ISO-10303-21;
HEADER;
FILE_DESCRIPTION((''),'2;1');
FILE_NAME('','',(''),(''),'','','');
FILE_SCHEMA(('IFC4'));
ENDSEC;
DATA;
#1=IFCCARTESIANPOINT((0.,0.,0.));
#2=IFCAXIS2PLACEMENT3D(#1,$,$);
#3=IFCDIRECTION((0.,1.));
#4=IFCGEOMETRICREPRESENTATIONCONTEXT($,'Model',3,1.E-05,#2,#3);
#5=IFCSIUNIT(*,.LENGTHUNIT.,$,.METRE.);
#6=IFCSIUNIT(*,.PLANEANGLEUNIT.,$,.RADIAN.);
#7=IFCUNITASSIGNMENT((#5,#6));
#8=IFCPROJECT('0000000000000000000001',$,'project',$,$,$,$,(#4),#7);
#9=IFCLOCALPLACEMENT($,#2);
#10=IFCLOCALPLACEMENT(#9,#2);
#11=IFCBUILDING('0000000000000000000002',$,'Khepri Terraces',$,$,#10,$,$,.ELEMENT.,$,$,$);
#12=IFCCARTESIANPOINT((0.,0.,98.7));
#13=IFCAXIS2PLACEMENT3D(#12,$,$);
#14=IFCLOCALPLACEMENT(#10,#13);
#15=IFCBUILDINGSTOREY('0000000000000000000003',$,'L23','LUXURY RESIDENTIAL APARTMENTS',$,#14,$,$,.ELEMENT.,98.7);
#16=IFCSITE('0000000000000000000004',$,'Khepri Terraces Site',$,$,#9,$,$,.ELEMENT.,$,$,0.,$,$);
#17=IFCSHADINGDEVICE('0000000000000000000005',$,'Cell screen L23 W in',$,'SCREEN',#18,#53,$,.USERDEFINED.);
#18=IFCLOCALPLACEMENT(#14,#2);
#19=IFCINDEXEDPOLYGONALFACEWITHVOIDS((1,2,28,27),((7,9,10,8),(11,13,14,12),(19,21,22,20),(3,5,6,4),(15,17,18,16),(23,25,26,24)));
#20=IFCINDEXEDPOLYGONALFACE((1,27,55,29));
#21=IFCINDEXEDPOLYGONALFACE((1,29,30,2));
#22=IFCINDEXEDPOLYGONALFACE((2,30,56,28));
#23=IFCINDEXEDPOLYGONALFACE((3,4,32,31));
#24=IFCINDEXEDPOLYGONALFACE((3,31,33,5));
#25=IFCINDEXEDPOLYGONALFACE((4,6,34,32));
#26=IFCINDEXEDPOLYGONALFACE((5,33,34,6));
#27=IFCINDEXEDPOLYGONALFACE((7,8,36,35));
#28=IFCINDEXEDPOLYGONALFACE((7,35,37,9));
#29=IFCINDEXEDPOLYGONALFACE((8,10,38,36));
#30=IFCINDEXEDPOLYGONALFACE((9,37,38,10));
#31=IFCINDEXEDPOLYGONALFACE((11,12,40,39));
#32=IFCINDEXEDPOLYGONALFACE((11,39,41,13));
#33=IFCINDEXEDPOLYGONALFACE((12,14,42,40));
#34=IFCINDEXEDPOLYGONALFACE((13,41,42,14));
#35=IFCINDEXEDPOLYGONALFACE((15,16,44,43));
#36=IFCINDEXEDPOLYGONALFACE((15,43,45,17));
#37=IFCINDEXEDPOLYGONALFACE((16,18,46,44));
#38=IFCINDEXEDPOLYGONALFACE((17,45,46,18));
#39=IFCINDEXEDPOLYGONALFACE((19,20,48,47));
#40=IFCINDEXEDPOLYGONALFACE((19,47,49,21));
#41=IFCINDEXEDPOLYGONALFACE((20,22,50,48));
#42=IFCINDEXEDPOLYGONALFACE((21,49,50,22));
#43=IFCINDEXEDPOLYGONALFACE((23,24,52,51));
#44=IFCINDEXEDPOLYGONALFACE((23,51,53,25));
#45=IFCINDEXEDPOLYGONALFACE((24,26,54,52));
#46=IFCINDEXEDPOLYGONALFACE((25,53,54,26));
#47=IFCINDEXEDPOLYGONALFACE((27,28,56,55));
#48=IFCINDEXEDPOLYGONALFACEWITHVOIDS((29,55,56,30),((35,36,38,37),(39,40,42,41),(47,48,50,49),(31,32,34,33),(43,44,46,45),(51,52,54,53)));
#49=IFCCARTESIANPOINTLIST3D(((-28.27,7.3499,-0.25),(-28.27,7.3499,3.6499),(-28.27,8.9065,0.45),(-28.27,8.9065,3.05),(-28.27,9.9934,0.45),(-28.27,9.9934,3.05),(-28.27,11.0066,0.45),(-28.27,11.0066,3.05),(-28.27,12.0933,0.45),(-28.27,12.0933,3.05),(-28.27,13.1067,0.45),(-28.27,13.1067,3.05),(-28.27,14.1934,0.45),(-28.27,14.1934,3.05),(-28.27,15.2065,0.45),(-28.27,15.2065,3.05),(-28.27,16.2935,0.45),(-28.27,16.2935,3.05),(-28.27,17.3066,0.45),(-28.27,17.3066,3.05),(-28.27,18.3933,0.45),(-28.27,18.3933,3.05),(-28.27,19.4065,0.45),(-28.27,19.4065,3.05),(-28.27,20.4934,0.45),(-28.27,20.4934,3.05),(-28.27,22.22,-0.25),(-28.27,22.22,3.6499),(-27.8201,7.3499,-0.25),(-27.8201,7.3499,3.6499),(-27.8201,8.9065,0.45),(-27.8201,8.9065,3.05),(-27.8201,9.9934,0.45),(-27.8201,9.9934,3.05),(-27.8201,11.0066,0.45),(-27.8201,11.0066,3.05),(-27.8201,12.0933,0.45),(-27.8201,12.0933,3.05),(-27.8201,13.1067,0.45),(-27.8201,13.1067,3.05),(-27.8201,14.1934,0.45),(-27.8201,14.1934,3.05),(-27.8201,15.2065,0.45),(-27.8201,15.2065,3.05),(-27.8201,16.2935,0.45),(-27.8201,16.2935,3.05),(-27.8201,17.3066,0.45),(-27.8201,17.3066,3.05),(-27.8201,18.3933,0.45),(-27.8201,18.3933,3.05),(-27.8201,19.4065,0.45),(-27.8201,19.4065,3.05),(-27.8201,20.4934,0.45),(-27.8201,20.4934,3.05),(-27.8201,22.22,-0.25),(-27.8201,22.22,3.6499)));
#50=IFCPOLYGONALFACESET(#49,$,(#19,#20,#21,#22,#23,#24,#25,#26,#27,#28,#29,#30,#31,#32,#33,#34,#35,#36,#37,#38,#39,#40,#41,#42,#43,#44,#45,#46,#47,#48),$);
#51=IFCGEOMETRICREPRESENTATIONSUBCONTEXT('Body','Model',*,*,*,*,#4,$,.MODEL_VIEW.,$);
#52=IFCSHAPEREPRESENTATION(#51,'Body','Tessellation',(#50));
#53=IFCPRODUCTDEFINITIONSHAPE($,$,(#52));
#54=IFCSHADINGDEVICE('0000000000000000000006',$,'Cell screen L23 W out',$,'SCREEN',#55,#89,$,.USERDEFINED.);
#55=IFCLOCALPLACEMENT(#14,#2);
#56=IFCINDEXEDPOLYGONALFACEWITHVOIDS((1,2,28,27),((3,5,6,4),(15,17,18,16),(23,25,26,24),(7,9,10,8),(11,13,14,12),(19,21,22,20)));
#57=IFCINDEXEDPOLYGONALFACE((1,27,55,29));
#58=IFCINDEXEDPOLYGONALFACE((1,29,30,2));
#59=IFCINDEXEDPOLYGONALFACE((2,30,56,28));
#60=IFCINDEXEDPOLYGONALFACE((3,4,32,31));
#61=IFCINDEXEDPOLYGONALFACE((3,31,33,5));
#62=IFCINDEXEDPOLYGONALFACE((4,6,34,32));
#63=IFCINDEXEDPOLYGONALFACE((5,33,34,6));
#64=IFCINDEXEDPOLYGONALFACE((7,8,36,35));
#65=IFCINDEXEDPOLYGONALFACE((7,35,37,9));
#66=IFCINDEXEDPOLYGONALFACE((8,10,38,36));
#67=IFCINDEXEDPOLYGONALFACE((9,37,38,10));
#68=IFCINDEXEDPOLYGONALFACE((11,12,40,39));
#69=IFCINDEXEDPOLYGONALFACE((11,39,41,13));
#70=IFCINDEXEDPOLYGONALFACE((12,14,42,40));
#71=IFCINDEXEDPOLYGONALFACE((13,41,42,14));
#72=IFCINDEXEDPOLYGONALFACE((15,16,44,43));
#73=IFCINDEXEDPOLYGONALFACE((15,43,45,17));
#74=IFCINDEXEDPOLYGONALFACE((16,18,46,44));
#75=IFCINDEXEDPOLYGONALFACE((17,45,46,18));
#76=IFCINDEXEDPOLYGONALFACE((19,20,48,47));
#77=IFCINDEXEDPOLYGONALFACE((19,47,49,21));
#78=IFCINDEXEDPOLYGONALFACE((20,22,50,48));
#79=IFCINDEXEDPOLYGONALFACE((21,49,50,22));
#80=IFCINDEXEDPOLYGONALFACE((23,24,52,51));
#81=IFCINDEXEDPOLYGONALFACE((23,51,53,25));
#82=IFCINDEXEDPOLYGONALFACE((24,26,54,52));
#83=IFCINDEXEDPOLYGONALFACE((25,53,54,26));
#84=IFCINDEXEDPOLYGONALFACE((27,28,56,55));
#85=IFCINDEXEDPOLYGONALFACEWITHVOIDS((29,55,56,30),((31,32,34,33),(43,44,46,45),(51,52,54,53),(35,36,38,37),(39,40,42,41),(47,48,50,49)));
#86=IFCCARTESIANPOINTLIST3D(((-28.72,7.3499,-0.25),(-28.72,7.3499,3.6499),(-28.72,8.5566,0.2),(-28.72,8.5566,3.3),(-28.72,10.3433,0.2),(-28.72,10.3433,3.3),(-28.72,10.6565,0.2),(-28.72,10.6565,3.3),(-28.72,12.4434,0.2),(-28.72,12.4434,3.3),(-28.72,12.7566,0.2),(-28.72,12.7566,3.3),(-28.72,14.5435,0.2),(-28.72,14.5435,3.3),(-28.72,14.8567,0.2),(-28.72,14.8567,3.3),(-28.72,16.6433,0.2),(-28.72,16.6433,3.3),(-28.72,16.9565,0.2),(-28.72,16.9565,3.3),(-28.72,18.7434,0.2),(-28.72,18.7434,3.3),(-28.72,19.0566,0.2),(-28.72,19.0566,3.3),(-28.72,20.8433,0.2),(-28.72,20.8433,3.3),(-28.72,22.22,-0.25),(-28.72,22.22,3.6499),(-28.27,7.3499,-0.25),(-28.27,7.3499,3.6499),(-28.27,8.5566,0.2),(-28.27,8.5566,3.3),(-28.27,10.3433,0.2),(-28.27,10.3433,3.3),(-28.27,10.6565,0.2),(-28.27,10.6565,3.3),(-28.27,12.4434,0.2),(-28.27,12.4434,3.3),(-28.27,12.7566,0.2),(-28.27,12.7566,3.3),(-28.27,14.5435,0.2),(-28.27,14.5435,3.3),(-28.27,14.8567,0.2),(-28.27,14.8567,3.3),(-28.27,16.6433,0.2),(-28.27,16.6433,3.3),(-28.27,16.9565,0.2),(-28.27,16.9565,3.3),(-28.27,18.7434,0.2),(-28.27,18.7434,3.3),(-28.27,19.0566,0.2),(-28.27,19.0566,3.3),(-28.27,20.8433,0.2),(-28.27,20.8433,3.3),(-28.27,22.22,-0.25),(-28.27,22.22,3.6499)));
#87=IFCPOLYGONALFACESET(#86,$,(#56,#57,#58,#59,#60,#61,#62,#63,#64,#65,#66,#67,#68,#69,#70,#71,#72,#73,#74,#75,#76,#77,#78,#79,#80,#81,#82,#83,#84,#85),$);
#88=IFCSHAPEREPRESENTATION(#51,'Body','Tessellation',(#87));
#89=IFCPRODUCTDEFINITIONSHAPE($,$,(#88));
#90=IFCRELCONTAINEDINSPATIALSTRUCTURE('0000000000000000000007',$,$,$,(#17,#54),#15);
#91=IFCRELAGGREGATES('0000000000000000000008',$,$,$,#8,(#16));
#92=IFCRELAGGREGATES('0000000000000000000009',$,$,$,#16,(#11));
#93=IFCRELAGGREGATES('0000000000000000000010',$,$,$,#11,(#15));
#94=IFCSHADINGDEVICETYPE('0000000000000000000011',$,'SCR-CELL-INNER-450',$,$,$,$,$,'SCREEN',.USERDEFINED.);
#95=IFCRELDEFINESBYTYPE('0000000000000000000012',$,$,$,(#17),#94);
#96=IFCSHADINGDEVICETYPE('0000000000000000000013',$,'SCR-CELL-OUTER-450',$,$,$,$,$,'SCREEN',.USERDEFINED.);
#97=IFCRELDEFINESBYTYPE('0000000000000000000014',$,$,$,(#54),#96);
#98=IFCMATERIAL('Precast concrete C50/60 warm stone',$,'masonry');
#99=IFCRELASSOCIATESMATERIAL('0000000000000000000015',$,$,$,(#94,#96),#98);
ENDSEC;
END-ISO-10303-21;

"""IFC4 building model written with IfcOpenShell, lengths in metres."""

from ifc_helpers import new_model, si_unit, direction, frame, origin, place, context, subcontext, project, spatial, polyline, outline, extrude, material, type_object, element, save


model = new_model("IFC4")

# Units and contexts
model_context = context("Model", 3, precision=1e-05, world=origin(), true_north=direction((0.0, 1.0)))
body_context = subcontext(model_context, "Body", "Model", "MODEL_VIEW")
ifc_project = project(units=[si_unit("LENGTHUNIT", "METRE"), si_unit("PLANEANGLEUNIT", "RADIAN")], contexts=[model_context])

# Site, building, storey
site_placement = place(None, origin())
site = spatial("IfcSite", under=ifc_project, at=site_placement, Name="Khepri Terraces Site", CompositionType="ELEMENT", RefElevation=0.0)
building_placement = place(site_placement, origin())
building = spatial("IfcBuilding", under=site, at=building_placement, Name="Khepri Terraces", CompositionType="ELEMENT")
storey_placement = place(building_placement, frame((0.0, 0.0, 98.7)))
storey = spatial("IfcBuildingStorey", under=building, at=storey_placement, Name="L23", Description="LUXURY RESIDENTIAL APARTMENTS", CompositionType="ELEMENT", Elevation=98.7)

# Shared definitions
ifc_material_1 = material(Name="Precast concrete C50/60 warm stone", Category="masonry")

# Shading devices
shading_device_type_1 = type_object("IfcShadingDeviceType", Name="SCR-CELL-INNER-450", ElementType="SCREEN", PredefinedType="USERDEFINED", material=ifc_material_1)
shading_device_1_placement = place(storey_placement, frame((-27.8201, 22.22, -0.25), z_axis=(-1.0, 0.0, 0.0), x_axis=(0.0, -1.0, 0.0)))
element("IfcShadingDevice", 1, at=shading_device_1_placement, inside=storey, type_object=shading_device_type_1, Name="Cell screen L23 W in", ObjectType="SCREEN", PredefinedType="USERDEFINED", context=body_context, shape_type="SweptSolid", body=[
    extrude(outline(polyline([(0.0, 0.0), (14.8701, 0.0), (14.8701, 3.8999), (0.0, 3.8999), (0.0, 0.0)]), holes=[polyline([(1.7266, 0.7), (2.8135, 0.7), (2.8135, 3.3), (1.7266, 3.3), (1.7266, 0.7)]), polyline([(3.8267, 0.7), (4.9133, 0.7), (4.9133, 3.3), (3.8267, 3.3), (3.8267, 0.7)]), polyline([(5.9265, 0.7), (7.0134, 0.7), (7.0134, 3.3), (5.9265, 3.3), (5.9265, 0.7)]), polyline([(8.0266, 0.7), (9.1133, 0.7), (9.1133, 3.3), (8.0266, 3.3), (8.0266, 0.7)]), polyline([(10.1267, 0.7), (11.2134, 0.7), (11.2134, 3.3), (10.1267, 3.3), (10.1267, 0.7)]), polyline([(12.2266, 0.7), (13.3135, 0.7), (13.3135, 3.3), (12.2266, 3.3), (12.2266, 0.7)])]), origin(), (0.0, 0.0, 1.0), 0.45),
])
shading_device_type_2 = type_object("IfcShadingDeviceType", Name="SCR-CELL-OUTER-450", ElementType="SCREEN", PredefinedType="USERDEFINED", material=ifc_material_1)
shading_device_2_placement = place(storey_placement, frame((-28.27, 22.22, -0.25), z_axis=(-1.0, 0.0, 0.0), x_axis=(0.0, -1.0, 0.0)))
element("IfcShadingDevice", 2, at=shading_device_2_placement, inside=storey, type_object=shading_device_type_2, Name="Cell screen L23 W out", ObjectType="SCREEN", PredefinedType="USERDEFINED", context=body_context, shape_type="SweptSolid", body=[
    extrude(outline(polyline([(0.0, 0.0), (14.8701, 0.0), (14.8701, 3.8999), (0.0, 3.8999), (0.0, 0.0)]), holes=[polyline([(1.3767, 0.45), (3.1633, 0.45), (3.1633, 3.55), (1.3767, 3.55), (1.3767, 0.45)]), polyline([(3.4766, 0.45), (5.2634, 0.45), (5.2634, 3.55), (3.4766, 3.55), (3.4766, 0.45)]), polyline([(5.5767, 0.45), (7.3633, 0.45), (7.3633, 3.55), (5.5767, 3.55), (5.5767, 0.45)]), polyline([(7.6765, 0.45), (9.4634, 0.45), (9.4634, 3.55), (7.6765, 3.55), (7.6765, 0.45)]), polyline([(9.7766, 0.45), (11.5635, 0.45), (11.5635, 3.55), (9.7766, 3.55), (9.7766, 0.45)]), polyline([(11.8767, 0.45), (13.6633, 0.45), (13.6633, 3.55), (11.8767, 3.55), (11.8767, 0.45)])]), origin(), (0.0, 0.0, 1.0), 0.45),
])

save(model, "model.ifc")
